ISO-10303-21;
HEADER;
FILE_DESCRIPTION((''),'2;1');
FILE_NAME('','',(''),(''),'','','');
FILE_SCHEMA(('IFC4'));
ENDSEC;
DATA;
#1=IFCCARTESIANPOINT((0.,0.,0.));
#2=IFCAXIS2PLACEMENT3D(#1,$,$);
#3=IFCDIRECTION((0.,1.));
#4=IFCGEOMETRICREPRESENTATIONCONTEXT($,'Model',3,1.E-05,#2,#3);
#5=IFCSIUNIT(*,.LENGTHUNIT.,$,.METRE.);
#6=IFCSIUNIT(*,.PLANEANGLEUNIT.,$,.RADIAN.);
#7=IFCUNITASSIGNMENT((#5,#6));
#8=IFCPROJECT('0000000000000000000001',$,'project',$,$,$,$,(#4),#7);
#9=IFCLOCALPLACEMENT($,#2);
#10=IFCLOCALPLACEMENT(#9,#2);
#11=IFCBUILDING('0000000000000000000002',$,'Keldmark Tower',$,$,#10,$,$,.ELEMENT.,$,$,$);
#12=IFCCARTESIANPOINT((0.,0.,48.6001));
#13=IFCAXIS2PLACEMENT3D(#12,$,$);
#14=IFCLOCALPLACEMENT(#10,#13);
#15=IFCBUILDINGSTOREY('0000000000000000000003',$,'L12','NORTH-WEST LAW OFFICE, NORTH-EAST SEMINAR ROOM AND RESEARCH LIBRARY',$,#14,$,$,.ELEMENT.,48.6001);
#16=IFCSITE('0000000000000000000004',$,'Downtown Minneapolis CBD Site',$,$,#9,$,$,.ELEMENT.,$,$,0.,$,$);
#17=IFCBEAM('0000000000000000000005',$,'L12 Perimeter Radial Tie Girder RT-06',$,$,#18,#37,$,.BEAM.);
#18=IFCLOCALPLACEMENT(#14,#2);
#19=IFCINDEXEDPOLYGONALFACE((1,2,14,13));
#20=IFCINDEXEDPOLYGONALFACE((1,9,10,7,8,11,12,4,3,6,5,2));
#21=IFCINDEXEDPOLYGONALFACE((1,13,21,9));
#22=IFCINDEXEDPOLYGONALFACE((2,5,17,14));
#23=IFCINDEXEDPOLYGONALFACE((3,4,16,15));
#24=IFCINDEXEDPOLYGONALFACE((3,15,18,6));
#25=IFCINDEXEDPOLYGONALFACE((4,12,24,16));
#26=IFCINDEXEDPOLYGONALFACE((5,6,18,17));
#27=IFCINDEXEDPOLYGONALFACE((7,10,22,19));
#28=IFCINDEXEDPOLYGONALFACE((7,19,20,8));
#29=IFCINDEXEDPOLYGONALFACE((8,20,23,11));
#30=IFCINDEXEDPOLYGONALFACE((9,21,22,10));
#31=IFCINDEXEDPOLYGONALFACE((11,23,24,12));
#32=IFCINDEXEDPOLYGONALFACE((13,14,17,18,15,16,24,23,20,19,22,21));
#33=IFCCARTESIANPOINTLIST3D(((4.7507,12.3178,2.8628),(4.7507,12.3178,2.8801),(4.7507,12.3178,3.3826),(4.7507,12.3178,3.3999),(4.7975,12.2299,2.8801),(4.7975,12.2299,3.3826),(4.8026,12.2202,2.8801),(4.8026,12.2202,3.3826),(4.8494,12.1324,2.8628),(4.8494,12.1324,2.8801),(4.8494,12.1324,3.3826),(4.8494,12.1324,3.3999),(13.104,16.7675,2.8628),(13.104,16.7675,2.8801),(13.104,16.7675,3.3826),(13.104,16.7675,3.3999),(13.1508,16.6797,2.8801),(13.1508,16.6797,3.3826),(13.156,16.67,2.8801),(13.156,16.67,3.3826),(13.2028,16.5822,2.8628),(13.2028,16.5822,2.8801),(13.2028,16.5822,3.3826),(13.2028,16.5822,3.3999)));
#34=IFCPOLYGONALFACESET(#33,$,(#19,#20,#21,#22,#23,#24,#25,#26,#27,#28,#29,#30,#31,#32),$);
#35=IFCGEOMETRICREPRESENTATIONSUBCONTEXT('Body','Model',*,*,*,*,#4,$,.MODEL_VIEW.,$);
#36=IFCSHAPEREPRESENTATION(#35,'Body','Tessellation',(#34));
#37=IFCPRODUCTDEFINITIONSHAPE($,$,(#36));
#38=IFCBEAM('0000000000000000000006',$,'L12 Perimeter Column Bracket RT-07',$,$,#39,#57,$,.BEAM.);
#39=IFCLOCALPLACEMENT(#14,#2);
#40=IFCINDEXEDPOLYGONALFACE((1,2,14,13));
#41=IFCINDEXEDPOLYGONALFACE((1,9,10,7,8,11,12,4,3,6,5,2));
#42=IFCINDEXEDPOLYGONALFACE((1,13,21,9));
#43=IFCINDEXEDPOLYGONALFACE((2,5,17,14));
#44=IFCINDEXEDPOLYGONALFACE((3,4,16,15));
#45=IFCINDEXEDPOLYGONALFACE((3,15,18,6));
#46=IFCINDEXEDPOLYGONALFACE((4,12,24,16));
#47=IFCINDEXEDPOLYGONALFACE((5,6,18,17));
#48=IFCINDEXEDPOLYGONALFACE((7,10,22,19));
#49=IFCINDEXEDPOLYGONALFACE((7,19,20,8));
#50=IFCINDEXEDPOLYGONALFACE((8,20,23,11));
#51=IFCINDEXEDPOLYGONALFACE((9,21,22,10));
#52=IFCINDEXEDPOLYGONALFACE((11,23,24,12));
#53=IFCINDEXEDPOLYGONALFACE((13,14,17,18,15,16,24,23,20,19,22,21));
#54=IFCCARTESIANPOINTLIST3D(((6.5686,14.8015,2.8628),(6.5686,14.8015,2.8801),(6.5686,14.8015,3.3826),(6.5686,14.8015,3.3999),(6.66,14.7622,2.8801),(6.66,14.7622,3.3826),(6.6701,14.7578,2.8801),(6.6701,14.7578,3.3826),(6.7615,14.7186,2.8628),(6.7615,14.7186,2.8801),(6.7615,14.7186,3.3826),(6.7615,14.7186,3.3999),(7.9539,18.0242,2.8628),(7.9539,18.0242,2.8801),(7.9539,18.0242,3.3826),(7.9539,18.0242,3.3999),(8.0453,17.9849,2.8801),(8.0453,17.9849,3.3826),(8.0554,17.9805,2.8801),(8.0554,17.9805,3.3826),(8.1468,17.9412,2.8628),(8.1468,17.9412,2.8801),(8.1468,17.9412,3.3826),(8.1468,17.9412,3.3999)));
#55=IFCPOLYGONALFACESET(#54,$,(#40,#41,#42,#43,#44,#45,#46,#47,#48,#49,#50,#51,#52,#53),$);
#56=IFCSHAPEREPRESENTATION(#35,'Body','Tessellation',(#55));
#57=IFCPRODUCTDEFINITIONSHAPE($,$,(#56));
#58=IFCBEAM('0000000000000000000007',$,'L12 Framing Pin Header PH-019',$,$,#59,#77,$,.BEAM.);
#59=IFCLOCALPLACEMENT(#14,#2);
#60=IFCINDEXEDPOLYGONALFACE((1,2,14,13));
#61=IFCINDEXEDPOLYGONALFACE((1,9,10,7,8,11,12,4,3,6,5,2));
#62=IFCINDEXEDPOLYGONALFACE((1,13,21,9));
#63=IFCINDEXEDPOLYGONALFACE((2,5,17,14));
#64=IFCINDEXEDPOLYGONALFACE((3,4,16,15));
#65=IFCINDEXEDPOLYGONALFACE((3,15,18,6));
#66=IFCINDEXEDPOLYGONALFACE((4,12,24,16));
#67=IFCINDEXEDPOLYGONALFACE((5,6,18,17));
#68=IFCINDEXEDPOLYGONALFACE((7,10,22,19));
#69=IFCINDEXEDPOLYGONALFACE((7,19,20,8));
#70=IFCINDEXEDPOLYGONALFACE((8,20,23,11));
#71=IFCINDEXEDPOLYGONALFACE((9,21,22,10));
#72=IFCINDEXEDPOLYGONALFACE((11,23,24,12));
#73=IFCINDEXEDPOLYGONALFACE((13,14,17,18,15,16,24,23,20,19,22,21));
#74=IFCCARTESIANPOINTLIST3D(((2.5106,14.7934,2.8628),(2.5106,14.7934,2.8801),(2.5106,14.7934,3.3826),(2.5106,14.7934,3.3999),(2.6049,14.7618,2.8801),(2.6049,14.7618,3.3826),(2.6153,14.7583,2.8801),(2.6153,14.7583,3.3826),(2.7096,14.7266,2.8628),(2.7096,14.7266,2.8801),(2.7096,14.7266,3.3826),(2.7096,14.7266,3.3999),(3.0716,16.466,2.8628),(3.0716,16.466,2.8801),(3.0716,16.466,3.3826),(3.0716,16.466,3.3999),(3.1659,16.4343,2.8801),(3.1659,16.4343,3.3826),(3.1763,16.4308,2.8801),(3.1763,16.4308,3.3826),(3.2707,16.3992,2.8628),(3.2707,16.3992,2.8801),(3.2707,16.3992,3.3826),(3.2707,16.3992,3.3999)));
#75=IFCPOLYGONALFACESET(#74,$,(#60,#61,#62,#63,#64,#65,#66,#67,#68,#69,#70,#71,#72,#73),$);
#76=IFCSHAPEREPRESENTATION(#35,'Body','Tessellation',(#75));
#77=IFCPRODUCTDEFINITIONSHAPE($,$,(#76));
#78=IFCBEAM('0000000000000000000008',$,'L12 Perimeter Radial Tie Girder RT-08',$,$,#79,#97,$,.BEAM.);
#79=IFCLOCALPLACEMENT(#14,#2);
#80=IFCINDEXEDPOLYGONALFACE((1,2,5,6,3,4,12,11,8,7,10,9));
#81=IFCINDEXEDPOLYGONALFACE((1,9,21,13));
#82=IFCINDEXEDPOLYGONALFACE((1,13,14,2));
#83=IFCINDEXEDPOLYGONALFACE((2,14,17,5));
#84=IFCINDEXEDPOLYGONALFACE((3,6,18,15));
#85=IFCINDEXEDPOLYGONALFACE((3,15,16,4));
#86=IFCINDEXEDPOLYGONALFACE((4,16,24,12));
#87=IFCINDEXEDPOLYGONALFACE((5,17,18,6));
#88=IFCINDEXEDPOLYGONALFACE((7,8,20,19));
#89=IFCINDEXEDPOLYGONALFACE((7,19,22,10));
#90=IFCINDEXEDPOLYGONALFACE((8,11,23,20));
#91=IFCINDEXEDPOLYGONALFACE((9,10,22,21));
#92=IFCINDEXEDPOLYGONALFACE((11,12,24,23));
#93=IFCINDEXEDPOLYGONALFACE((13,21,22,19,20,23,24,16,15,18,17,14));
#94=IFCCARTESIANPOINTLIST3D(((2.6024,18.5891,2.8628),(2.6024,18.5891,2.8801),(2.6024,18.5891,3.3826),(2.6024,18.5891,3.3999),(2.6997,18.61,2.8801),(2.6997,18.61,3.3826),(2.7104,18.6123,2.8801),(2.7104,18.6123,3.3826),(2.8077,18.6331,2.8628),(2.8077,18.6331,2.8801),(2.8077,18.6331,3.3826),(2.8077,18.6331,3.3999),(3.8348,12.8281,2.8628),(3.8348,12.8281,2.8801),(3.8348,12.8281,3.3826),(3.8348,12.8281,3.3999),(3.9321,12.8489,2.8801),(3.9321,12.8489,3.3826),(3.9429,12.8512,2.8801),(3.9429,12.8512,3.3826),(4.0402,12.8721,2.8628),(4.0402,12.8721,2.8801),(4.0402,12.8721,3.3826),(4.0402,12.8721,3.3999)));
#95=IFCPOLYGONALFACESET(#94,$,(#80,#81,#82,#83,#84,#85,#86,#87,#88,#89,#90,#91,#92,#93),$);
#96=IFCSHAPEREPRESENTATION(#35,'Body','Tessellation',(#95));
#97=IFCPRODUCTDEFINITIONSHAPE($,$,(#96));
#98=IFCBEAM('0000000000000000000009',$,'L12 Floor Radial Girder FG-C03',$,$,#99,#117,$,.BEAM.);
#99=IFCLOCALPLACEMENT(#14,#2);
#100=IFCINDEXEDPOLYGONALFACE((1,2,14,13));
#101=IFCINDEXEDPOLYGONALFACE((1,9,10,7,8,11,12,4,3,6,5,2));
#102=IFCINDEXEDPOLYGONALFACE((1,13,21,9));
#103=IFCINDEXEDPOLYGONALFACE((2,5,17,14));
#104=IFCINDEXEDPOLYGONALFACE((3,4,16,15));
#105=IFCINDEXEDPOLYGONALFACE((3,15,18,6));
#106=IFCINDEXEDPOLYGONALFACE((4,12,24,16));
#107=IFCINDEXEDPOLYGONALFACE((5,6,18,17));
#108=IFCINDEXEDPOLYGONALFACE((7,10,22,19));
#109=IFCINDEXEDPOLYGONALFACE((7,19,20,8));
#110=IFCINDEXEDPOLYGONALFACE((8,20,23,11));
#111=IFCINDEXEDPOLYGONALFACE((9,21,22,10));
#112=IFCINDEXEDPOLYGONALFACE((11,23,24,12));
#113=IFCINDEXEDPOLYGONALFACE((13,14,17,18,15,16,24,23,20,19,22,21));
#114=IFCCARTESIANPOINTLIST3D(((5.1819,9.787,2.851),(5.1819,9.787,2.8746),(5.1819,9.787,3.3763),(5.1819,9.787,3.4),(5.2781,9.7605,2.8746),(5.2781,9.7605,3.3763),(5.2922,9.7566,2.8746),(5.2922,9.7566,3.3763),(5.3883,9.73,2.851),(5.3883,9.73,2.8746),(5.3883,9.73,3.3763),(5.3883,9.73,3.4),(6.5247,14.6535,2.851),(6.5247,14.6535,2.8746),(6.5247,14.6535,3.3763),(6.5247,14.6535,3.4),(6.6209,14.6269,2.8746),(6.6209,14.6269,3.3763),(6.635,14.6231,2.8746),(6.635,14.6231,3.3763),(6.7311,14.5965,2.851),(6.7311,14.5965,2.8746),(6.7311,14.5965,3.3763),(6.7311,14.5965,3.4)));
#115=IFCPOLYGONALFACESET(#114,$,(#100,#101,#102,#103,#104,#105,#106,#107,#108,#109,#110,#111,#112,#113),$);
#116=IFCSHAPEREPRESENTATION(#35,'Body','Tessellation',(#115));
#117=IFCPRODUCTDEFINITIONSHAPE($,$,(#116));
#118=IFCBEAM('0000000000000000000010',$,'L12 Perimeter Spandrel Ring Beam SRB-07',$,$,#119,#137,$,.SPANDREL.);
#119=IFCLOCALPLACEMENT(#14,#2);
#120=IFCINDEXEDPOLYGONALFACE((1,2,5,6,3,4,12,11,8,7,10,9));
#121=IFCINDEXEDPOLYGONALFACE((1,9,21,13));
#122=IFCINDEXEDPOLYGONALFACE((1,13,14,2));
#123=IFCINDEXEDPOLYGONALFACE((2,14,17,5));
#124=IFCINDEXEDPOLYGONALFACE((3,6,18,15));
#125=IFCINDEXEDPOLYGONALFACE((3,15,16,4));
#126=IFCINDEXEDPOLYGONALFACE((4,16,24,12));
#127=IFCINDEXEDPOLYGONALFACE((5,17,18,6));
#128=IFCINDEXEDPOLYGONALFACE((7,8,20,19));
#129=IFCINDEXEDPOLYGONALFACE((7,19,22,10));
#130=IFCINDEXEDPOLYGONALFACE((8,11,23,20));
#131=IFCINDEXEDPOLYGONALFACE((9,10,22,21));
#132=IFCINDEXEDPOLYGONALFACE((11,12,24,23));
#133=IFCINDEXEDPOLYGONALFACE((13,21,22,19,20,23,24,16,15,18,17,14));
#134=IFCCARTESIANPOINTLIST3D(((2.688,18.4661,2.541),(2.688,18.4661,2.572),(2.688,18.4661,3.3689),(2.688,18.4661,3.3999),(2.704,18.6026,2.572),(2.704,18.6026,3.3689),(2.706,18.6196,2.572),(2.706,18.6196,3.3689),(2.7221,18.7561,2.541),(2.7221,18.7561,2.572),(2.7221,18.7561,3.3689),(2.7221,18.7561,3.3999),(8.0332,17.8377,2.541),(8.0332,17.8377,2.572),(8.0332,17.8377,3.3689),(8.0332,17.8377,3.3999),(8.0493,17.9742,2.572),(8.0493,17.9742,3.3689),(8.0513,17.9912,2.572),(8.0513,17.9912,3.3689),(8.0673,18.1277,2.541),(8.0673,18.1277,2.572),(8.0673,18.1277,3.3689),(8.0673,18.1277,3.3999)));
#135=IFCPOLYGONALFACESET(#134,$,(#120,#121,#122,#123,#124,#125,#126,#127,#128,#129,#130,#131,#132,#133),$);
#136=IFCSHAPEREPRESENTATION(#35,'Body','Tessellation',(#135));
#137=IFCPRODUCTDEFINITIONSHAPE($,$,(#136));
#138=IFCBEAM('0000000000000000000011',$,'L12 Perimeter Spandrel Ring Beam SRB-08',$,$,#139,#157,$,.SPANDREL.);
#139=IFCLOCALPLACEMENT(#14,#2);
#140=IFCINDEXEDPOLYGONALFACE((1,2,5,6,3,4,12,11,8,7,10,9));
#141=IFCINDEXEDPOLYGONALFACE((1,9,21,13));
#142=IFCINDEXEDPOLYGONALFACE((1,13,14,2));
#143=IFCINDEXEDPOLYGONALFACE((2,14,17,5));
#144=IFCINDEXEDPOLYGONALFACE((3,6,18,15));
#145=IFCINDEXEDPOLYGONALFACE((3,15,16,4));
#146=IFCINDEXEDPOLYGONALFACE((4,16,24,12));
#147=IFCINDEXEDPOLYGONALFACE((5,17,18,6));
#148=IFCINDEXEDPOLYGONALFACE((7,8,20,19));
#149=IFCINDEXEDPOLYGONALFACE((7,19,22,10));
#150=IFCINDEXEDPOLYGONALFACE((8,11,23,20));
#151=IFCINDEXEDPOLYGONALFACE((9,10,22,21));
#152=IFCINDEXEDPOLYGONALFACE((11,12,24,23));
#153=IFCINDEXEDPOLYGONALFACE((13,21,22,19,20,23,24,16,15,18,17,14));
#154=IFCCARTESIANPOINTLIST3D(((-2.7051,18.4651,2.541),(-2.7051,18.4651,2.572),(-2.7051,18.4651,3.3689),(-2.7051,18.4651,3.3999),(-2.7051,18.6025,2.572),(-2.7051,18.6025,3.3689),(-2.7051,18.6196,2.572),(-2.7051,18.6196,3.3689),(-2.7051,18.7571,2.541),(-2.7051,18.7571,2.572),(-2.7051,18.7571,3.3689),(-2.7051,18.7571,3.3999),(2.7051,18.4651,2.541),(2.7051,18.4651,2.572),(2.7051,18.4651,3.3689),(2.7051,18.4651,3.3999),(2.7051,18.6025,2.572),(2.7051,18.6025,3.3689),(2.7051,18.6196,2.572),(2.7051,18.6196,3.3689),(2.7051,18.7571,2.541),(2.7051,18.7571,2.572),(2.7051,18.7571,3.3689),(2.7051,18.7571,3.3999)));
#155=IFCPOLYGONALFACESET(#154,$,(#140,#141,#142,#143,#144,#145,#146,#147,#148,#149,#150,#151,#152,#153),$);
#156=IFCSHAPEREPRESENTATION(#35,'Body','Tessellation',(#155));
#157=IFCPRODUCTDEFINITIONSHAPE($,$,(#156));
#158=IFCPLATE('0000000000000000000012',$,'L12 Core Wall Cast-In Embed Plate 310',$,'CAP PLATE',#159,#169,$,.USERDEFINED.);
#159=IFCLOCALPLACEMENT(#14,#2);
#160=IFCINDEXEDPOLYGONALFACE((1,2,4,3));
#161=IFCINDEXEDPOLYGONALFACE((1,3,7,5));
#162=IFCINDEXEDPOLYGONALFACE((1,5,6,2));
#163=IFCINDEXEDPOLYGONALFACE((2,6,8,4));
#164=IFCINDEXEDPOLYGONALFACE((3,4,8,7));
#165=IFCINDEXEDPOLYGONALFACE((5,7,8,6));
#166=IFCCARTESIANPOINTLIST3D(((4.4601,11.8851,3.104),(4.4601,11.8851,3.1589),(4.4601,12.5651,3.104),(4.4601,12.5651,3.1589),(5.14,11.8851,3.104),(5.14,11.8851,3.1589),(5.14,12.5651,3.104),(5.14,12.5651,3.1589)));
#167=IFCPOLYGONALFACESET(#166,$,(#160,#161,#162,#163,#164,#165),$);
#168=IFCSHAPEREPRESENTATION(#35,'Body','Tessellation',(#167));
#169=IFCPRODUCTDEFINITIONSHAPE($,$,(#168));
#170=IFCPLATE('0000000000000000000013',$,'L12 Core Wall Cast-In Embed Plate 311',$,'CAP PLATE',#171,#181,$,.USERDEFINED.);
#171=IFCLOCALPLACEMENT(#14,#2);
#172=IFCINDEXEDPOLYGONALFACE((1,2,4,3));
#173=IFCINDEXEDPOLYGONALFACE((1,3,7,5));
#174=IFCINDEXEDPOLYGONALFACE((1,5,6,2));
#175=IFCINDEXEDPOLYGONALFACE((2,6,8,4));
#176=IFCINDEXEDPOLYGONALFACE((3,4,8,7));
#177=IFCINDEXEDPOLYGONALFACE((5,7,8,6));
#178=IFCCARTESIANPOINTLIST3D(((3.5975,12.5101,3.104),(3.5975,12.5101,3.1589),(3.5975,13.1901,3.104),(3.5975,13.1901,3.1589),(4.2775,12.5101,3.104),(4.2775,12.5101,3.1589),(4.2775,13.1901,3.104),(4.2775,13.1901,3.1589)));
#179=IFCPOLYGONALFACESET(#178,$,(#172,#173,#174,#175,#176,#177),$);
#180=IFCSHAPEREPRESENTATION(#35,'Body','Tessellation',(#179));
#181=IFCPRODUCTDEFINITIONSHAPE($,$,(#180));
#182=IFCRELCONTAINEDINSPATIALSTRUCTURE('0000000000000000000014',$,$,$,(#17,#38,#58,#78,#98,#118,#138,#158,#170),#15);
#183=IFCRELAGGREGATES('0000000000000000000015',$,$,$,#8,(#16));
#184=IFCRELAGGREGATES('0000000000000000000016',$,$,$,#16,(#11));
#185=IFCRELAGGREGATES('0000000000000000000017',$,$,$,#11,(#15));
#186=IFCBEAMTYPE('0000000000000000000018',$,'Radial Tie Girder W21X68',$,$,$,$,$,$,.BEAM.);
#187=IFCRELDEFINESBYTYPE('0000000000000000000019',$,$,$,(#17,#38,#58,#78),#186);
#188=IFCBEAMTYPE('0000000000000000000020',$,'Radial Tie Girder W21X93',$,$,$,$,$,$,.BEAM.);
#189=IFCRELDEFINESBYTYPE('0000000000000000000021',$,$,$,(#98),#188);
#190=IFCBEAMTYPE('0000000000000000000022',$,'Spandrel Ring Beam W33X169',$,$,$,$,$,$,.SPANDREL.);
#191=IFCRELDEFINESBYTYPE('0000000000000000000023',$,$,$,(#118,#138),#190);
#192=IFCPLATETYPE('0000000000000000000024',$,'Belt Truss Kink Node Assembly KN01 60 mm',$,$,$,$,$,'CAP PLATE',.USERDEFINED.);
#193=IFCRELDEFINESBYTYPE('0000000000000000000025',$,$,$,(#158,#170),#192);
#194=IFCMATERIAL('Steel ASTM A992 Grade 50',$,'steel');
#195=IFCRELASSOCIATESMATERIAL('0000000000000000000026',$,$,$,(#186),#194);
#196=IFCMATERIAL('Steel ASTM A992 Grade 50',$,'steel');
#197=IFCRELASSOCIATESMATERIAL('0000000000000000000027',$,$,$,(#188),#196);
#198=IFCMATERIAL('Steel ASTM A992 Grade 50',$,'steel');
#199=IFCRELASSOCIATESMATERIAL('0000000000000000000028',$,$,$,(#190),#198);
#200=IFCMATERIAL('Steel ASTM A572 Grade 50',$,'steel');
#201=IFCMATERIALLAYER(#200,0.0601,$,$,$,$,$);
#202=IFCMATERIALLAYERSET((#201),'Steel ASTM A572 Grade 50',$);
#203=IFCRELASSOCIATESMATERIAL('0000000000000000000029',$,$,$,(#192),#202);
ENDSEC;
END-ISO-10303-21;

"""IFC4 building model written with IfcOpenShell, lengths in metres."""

from ifc_helpers import new_model, si_unit, direction, frame, origin, origin_2d, place, context, subcontext, project, spatial, rectangle, i_section, extrude, material, layer, layer_set, material_profile, profile_set, type_object, element, save


model = new_model("IFC4")

# Units and contexts
model_context = context("Model", 3, precision=1e-05, world=origin(), true_north=direction((0.0, 1.0)))
body_context = subcontext(model_context, "Body", "Model", "MODEL_VIEW")
ifc_project = project(units=[si_unit("LENGTHUNIT", "METRE"), si_unit("PLANEANGLEUNIT", "RADIAN")], contexts=[model_context])

# Site, building, storey
site_placement = place(None, origin())
site = spatial("IfcSite", under=ifc_project, at=site_placement, Name="Downtown Minneapolis CBD Site", CompositionType="ELEMENT", RefElevation=0.0)
building_placement = place(site_placement, origin())
building = spatial("IfcBuilding", under=site, at=building_placement, Name="Keldmark Tower", CompositionType="ELEMENT")
storey_placement = place(building_placement, frame((0.0, 0.0, 48.6001)))
storey = spatial("IfcBuildingStorey", under=building, at=storey_placement, Name="L12", Description="NORTH-WEST LAW OFFICE, NORTH-EAST SEMINAR ROOM AND RESEARCH LIBRARY", CompositionType="ELEMENT", Elevation=48.6001)

# Beams
ifc_material_1 = material(Name="Steel ASTM A992 Grade 50", Category="steel")
ifc_material_profile_1 = material_profile(ifc_material_1, i_section(OverallWidth=0.21, OverallDepth=0.5371, WebThickness=0.011, FlangeThickness=0.0173, at=origin_2d()), Name="W21X68")
ifc_profile_set_1 = profile_set([ifc_material_profile_1], Name="Steel ASTM A992 Grade 50")
beam_type_1 = type_object("IfcBeamType", Name="Radial Tie Girder W21X68", PredefinedType="BEAM", material=ifc_profile_set_1)
beam_1_placement = place(storey_placement, frame((4.8, 12.2251, 3.1313), z_axis=(0.882588, 0.470146, 0.0), x_axis=(-0.470146, 0.882588, 0.0)))
element("IfcBeam", 1, at=beam_1_placement, inside=storey, type_object=beam_type_1, Name="L12 Perimeter Radial Tie Girder RT-06", PredefinedType="BEAM", context=body_context, shape_type="SweptSolid", body=[
    extrude(i_section(OverallWidth=0.21, OverallDepth=0.5371, WebThickness=0.011, FlangeThickness=0.0173, at=origin_2d()), origin(), (0.0, 0.0, 1.0), 9.4646),
])
beam_2_placement = place(storey_placement, frame((6.665, 14.76, 3.1313), z_axis=(0.39491, 0.91872, 0.0), x_axis=(-0.91872, 0.39491, 0.0)))
element("IfcBeam", 2, at=beam_2_placement, inside=storey, type_object=beam_type_1, Name="L12 Perimeter Column Bracket RT-07", PredefinedType="BEAM", context=body_context, shape_type="SweptSolid", body=[
    extrude(i_section(OverallWidth=0.21, OverallDepth=0.5371, WebThickness=0.011, FlangeThickness=0.0173, at=origin_2d()), origin(), (0.0, 0.0, 1.0), 3.5078),
])
beam_3_placement = place(storey_placement, frame((2.6101, 14.76, 3.1313), z_axis=(0.318012, 0.948087, 0.0), x_axis=(-0.948087, 0.318012, 0.0)))
element("IfcBeam", 3, at=beam_3_placement, inside=storey, type_object=beam_type_1, Name="L12 Framing Pin Header PH-019", PredefinedType="BEAM", context=body_context, shape_type="SweptSolid", body=[
    extrude(i_section(OverallWidth=0.21, OverallDepth=0.5371, WebThickness=0.011, FlangeThickness=0.0173, at=origin_2d()), origin(), (0.0, 0.0, 1.0), 1.7642),
])
beam_4_placement = place(storey_placement, frame((3.9375, 12.8501, 3.1313), z_axis=(-0.209192, 0.977875, 0.0), x_axis=(-0.977875, -0.209192, 0.0)))
element("IfcBeam", 4, at=beam_4_placement, inside=storey, type_object=beam_type_1, Name="L12 Perimeter Radial Tie Girder RT-08", PredefinedType="BEAM", context=body_context, shape_type="SweptSolid", body=[
    extrude(i_section(OverallWidth=0.21, OverallDepth=0.5371, WebThickness=0.011, FlangeThickness=0.0173, at=origin_2d()), origin(), (0.0, 0.0, 1.0), 5.8914),
])
ifc_material_2 = material(Name="Steel ASTM A992 Grade 50", Category="steel")
ifc_material_profile_2 = material_profile(ifc_material_2, i_section(OverallWidth=0.2141, OverallDepth=0.5491, WebThickness=0.0146, FlangeThickness=0.0237, at=origin_2d()), Name="W21X93")
ifc_profile_set_2 = profile_set([ifc_material_profile_2], Name="Steel ASTM A992 Grade 50")
beam_type_2 = type_object("IfcBeamType", Name="Radial Tie Girder W21X93", PredefinedType="BEAM", material=ifc_profile_set_2)
beam_5_placement = place(storey_placement, frame((6.6279, 14.625, 3.1255), z_axis=(-0.265985, -0.963977, 0.0), x_axis=(0.963977, -0.265985, 0.0)))
element("IfcBeam", 5, at=beam_5_placement, inside=storey, type_object=beam_type_2, Name="L12 Floor Radial Girder FG-C03", PredefinedType="BEAM", context=body_context, shape_type="SweptSolid", body=[
    extrude(i_section(OverallWidth=0.2141, OverallDepth=0.5491, WebThickness=0.0146, FlangeThickness=0.0237, at=origin_2d()), origin(), (0.0, 0.0, 1.0), 5.0483),
])
ifc_material_3 = material(Name="Steel ASTM A992 Grade 50", Category="steel")
ifc_material_profile_3 = material_profile(ifc_material_3, i_section(OverallWidth=0.292, OverallDepth=0.8589, WebThickness=0.0171, FlangeThickness=0.031, at=origin_2d()), Name="W33X169")
ifc_profile_set_3 = profile_set([ifc_material_profile_3], Name="Steel ASTM A992 Grade 50")
beam_type_3 = type_object("IfcBeamType", Name="Spandrel Ring Beam W33X169", PredefinedType="SPANDREL", material=ifc_profile_set_3)
beam_6_placement = place(storey_placement, frame((8.0503, 17.9827, 2.9705), z_axis=(-0.99316, 0.116762, 0.0), x_axis=(-0.116762, -0.99316, 0.0)))
element("IfcBeam", 6, at=beam_6_placement, inside=storey, type_object=beam_type_3, Name="L12 Perimeter Spandrel Ring Beam SRB-07", PredefinedType="SPANDREL", context=body_context, shape_type="SweptSolid", body=[
    extrude(i_section(OverallWidth=0.292, OverallDepth=0.8589, WebThickness=0.0171, FlangeThickness=0.031, at=origin_2d()), origin(), (0.0, 0.0, 1.0), 5.3821),
])
beam_7_placement = place(storey_placement, frame((2.7051, 18.6111, 2.9705), z_axis=(-1.0, 0.0, 0.0), x_axis=(0.0, -1.0, 0.0)))
element("IfcBeam", 7, at=beam_7_placement, inside=storey, type_object=beam_type_3, Name="L12 Perimeter Spandrel Ring Beam SRB-08", PredefinedType="SPANDREL", context=body_context, shape_type="SweptSolid", body=[
    extrude(i_section(OverallWidth=0.292, OverallDepth=0.8589, WebThickness=0.0171, FlangeThickness=0.031, at=origin_2d()), origin(), (0.0, 0.0, 1.0), 5.4102),
])

# Plates
ifc_material_4 = material(Name="Steel ASTM A572 Grade 50", Category="steel")
ifc_layer_1 = layer(ifc_material_4, 0.0601)
ifc_layer_set_1 = layer_set([ifc_layer_1], Name="Steel ASTM A572 Grade 50")
plate_type_1 = type_object("IfcPlateType", Name="Belt Truss Kink Node Assembly KN01 60 mm", ElementType="CAP PLATE", PredefinedType="USERDEFINED", material=ifc_layer_set_1)
for number, where, z_axis, x_axis, name in (
    (8, (4.8, 12.2251, 3.104), (0.0, 0.0, 1.0), (1.0, 0.0, 0.0), "L12 Core Wall Cast-In Embed Plate 310"),
    (9, (3.9375, 12.8501, 3.104), (0.0, 0.0, 1.0), (1.0, 0.0, 0.0), "L12 Core Wall Cast-In Embed Plate 311"),
):
    element("IfcPlate", number, at=place(storey_placement, frame(where, z_axis=z_axis, x_axis=x_axis)), inside=storey, type_object=plate_type_1, Name=name, ObjectType="CAP PLATE", PredefinedType="USERDEFINED", context=body_context, shape_type="SweptSolid", body=[
        extrude(rectangle(XDim=0.6799, YDim=0.6799, at=origin_2d()), origin(), (0.0, 0.0, 1.0), 0.0549),
    ])

save(model, "model.ifc")
